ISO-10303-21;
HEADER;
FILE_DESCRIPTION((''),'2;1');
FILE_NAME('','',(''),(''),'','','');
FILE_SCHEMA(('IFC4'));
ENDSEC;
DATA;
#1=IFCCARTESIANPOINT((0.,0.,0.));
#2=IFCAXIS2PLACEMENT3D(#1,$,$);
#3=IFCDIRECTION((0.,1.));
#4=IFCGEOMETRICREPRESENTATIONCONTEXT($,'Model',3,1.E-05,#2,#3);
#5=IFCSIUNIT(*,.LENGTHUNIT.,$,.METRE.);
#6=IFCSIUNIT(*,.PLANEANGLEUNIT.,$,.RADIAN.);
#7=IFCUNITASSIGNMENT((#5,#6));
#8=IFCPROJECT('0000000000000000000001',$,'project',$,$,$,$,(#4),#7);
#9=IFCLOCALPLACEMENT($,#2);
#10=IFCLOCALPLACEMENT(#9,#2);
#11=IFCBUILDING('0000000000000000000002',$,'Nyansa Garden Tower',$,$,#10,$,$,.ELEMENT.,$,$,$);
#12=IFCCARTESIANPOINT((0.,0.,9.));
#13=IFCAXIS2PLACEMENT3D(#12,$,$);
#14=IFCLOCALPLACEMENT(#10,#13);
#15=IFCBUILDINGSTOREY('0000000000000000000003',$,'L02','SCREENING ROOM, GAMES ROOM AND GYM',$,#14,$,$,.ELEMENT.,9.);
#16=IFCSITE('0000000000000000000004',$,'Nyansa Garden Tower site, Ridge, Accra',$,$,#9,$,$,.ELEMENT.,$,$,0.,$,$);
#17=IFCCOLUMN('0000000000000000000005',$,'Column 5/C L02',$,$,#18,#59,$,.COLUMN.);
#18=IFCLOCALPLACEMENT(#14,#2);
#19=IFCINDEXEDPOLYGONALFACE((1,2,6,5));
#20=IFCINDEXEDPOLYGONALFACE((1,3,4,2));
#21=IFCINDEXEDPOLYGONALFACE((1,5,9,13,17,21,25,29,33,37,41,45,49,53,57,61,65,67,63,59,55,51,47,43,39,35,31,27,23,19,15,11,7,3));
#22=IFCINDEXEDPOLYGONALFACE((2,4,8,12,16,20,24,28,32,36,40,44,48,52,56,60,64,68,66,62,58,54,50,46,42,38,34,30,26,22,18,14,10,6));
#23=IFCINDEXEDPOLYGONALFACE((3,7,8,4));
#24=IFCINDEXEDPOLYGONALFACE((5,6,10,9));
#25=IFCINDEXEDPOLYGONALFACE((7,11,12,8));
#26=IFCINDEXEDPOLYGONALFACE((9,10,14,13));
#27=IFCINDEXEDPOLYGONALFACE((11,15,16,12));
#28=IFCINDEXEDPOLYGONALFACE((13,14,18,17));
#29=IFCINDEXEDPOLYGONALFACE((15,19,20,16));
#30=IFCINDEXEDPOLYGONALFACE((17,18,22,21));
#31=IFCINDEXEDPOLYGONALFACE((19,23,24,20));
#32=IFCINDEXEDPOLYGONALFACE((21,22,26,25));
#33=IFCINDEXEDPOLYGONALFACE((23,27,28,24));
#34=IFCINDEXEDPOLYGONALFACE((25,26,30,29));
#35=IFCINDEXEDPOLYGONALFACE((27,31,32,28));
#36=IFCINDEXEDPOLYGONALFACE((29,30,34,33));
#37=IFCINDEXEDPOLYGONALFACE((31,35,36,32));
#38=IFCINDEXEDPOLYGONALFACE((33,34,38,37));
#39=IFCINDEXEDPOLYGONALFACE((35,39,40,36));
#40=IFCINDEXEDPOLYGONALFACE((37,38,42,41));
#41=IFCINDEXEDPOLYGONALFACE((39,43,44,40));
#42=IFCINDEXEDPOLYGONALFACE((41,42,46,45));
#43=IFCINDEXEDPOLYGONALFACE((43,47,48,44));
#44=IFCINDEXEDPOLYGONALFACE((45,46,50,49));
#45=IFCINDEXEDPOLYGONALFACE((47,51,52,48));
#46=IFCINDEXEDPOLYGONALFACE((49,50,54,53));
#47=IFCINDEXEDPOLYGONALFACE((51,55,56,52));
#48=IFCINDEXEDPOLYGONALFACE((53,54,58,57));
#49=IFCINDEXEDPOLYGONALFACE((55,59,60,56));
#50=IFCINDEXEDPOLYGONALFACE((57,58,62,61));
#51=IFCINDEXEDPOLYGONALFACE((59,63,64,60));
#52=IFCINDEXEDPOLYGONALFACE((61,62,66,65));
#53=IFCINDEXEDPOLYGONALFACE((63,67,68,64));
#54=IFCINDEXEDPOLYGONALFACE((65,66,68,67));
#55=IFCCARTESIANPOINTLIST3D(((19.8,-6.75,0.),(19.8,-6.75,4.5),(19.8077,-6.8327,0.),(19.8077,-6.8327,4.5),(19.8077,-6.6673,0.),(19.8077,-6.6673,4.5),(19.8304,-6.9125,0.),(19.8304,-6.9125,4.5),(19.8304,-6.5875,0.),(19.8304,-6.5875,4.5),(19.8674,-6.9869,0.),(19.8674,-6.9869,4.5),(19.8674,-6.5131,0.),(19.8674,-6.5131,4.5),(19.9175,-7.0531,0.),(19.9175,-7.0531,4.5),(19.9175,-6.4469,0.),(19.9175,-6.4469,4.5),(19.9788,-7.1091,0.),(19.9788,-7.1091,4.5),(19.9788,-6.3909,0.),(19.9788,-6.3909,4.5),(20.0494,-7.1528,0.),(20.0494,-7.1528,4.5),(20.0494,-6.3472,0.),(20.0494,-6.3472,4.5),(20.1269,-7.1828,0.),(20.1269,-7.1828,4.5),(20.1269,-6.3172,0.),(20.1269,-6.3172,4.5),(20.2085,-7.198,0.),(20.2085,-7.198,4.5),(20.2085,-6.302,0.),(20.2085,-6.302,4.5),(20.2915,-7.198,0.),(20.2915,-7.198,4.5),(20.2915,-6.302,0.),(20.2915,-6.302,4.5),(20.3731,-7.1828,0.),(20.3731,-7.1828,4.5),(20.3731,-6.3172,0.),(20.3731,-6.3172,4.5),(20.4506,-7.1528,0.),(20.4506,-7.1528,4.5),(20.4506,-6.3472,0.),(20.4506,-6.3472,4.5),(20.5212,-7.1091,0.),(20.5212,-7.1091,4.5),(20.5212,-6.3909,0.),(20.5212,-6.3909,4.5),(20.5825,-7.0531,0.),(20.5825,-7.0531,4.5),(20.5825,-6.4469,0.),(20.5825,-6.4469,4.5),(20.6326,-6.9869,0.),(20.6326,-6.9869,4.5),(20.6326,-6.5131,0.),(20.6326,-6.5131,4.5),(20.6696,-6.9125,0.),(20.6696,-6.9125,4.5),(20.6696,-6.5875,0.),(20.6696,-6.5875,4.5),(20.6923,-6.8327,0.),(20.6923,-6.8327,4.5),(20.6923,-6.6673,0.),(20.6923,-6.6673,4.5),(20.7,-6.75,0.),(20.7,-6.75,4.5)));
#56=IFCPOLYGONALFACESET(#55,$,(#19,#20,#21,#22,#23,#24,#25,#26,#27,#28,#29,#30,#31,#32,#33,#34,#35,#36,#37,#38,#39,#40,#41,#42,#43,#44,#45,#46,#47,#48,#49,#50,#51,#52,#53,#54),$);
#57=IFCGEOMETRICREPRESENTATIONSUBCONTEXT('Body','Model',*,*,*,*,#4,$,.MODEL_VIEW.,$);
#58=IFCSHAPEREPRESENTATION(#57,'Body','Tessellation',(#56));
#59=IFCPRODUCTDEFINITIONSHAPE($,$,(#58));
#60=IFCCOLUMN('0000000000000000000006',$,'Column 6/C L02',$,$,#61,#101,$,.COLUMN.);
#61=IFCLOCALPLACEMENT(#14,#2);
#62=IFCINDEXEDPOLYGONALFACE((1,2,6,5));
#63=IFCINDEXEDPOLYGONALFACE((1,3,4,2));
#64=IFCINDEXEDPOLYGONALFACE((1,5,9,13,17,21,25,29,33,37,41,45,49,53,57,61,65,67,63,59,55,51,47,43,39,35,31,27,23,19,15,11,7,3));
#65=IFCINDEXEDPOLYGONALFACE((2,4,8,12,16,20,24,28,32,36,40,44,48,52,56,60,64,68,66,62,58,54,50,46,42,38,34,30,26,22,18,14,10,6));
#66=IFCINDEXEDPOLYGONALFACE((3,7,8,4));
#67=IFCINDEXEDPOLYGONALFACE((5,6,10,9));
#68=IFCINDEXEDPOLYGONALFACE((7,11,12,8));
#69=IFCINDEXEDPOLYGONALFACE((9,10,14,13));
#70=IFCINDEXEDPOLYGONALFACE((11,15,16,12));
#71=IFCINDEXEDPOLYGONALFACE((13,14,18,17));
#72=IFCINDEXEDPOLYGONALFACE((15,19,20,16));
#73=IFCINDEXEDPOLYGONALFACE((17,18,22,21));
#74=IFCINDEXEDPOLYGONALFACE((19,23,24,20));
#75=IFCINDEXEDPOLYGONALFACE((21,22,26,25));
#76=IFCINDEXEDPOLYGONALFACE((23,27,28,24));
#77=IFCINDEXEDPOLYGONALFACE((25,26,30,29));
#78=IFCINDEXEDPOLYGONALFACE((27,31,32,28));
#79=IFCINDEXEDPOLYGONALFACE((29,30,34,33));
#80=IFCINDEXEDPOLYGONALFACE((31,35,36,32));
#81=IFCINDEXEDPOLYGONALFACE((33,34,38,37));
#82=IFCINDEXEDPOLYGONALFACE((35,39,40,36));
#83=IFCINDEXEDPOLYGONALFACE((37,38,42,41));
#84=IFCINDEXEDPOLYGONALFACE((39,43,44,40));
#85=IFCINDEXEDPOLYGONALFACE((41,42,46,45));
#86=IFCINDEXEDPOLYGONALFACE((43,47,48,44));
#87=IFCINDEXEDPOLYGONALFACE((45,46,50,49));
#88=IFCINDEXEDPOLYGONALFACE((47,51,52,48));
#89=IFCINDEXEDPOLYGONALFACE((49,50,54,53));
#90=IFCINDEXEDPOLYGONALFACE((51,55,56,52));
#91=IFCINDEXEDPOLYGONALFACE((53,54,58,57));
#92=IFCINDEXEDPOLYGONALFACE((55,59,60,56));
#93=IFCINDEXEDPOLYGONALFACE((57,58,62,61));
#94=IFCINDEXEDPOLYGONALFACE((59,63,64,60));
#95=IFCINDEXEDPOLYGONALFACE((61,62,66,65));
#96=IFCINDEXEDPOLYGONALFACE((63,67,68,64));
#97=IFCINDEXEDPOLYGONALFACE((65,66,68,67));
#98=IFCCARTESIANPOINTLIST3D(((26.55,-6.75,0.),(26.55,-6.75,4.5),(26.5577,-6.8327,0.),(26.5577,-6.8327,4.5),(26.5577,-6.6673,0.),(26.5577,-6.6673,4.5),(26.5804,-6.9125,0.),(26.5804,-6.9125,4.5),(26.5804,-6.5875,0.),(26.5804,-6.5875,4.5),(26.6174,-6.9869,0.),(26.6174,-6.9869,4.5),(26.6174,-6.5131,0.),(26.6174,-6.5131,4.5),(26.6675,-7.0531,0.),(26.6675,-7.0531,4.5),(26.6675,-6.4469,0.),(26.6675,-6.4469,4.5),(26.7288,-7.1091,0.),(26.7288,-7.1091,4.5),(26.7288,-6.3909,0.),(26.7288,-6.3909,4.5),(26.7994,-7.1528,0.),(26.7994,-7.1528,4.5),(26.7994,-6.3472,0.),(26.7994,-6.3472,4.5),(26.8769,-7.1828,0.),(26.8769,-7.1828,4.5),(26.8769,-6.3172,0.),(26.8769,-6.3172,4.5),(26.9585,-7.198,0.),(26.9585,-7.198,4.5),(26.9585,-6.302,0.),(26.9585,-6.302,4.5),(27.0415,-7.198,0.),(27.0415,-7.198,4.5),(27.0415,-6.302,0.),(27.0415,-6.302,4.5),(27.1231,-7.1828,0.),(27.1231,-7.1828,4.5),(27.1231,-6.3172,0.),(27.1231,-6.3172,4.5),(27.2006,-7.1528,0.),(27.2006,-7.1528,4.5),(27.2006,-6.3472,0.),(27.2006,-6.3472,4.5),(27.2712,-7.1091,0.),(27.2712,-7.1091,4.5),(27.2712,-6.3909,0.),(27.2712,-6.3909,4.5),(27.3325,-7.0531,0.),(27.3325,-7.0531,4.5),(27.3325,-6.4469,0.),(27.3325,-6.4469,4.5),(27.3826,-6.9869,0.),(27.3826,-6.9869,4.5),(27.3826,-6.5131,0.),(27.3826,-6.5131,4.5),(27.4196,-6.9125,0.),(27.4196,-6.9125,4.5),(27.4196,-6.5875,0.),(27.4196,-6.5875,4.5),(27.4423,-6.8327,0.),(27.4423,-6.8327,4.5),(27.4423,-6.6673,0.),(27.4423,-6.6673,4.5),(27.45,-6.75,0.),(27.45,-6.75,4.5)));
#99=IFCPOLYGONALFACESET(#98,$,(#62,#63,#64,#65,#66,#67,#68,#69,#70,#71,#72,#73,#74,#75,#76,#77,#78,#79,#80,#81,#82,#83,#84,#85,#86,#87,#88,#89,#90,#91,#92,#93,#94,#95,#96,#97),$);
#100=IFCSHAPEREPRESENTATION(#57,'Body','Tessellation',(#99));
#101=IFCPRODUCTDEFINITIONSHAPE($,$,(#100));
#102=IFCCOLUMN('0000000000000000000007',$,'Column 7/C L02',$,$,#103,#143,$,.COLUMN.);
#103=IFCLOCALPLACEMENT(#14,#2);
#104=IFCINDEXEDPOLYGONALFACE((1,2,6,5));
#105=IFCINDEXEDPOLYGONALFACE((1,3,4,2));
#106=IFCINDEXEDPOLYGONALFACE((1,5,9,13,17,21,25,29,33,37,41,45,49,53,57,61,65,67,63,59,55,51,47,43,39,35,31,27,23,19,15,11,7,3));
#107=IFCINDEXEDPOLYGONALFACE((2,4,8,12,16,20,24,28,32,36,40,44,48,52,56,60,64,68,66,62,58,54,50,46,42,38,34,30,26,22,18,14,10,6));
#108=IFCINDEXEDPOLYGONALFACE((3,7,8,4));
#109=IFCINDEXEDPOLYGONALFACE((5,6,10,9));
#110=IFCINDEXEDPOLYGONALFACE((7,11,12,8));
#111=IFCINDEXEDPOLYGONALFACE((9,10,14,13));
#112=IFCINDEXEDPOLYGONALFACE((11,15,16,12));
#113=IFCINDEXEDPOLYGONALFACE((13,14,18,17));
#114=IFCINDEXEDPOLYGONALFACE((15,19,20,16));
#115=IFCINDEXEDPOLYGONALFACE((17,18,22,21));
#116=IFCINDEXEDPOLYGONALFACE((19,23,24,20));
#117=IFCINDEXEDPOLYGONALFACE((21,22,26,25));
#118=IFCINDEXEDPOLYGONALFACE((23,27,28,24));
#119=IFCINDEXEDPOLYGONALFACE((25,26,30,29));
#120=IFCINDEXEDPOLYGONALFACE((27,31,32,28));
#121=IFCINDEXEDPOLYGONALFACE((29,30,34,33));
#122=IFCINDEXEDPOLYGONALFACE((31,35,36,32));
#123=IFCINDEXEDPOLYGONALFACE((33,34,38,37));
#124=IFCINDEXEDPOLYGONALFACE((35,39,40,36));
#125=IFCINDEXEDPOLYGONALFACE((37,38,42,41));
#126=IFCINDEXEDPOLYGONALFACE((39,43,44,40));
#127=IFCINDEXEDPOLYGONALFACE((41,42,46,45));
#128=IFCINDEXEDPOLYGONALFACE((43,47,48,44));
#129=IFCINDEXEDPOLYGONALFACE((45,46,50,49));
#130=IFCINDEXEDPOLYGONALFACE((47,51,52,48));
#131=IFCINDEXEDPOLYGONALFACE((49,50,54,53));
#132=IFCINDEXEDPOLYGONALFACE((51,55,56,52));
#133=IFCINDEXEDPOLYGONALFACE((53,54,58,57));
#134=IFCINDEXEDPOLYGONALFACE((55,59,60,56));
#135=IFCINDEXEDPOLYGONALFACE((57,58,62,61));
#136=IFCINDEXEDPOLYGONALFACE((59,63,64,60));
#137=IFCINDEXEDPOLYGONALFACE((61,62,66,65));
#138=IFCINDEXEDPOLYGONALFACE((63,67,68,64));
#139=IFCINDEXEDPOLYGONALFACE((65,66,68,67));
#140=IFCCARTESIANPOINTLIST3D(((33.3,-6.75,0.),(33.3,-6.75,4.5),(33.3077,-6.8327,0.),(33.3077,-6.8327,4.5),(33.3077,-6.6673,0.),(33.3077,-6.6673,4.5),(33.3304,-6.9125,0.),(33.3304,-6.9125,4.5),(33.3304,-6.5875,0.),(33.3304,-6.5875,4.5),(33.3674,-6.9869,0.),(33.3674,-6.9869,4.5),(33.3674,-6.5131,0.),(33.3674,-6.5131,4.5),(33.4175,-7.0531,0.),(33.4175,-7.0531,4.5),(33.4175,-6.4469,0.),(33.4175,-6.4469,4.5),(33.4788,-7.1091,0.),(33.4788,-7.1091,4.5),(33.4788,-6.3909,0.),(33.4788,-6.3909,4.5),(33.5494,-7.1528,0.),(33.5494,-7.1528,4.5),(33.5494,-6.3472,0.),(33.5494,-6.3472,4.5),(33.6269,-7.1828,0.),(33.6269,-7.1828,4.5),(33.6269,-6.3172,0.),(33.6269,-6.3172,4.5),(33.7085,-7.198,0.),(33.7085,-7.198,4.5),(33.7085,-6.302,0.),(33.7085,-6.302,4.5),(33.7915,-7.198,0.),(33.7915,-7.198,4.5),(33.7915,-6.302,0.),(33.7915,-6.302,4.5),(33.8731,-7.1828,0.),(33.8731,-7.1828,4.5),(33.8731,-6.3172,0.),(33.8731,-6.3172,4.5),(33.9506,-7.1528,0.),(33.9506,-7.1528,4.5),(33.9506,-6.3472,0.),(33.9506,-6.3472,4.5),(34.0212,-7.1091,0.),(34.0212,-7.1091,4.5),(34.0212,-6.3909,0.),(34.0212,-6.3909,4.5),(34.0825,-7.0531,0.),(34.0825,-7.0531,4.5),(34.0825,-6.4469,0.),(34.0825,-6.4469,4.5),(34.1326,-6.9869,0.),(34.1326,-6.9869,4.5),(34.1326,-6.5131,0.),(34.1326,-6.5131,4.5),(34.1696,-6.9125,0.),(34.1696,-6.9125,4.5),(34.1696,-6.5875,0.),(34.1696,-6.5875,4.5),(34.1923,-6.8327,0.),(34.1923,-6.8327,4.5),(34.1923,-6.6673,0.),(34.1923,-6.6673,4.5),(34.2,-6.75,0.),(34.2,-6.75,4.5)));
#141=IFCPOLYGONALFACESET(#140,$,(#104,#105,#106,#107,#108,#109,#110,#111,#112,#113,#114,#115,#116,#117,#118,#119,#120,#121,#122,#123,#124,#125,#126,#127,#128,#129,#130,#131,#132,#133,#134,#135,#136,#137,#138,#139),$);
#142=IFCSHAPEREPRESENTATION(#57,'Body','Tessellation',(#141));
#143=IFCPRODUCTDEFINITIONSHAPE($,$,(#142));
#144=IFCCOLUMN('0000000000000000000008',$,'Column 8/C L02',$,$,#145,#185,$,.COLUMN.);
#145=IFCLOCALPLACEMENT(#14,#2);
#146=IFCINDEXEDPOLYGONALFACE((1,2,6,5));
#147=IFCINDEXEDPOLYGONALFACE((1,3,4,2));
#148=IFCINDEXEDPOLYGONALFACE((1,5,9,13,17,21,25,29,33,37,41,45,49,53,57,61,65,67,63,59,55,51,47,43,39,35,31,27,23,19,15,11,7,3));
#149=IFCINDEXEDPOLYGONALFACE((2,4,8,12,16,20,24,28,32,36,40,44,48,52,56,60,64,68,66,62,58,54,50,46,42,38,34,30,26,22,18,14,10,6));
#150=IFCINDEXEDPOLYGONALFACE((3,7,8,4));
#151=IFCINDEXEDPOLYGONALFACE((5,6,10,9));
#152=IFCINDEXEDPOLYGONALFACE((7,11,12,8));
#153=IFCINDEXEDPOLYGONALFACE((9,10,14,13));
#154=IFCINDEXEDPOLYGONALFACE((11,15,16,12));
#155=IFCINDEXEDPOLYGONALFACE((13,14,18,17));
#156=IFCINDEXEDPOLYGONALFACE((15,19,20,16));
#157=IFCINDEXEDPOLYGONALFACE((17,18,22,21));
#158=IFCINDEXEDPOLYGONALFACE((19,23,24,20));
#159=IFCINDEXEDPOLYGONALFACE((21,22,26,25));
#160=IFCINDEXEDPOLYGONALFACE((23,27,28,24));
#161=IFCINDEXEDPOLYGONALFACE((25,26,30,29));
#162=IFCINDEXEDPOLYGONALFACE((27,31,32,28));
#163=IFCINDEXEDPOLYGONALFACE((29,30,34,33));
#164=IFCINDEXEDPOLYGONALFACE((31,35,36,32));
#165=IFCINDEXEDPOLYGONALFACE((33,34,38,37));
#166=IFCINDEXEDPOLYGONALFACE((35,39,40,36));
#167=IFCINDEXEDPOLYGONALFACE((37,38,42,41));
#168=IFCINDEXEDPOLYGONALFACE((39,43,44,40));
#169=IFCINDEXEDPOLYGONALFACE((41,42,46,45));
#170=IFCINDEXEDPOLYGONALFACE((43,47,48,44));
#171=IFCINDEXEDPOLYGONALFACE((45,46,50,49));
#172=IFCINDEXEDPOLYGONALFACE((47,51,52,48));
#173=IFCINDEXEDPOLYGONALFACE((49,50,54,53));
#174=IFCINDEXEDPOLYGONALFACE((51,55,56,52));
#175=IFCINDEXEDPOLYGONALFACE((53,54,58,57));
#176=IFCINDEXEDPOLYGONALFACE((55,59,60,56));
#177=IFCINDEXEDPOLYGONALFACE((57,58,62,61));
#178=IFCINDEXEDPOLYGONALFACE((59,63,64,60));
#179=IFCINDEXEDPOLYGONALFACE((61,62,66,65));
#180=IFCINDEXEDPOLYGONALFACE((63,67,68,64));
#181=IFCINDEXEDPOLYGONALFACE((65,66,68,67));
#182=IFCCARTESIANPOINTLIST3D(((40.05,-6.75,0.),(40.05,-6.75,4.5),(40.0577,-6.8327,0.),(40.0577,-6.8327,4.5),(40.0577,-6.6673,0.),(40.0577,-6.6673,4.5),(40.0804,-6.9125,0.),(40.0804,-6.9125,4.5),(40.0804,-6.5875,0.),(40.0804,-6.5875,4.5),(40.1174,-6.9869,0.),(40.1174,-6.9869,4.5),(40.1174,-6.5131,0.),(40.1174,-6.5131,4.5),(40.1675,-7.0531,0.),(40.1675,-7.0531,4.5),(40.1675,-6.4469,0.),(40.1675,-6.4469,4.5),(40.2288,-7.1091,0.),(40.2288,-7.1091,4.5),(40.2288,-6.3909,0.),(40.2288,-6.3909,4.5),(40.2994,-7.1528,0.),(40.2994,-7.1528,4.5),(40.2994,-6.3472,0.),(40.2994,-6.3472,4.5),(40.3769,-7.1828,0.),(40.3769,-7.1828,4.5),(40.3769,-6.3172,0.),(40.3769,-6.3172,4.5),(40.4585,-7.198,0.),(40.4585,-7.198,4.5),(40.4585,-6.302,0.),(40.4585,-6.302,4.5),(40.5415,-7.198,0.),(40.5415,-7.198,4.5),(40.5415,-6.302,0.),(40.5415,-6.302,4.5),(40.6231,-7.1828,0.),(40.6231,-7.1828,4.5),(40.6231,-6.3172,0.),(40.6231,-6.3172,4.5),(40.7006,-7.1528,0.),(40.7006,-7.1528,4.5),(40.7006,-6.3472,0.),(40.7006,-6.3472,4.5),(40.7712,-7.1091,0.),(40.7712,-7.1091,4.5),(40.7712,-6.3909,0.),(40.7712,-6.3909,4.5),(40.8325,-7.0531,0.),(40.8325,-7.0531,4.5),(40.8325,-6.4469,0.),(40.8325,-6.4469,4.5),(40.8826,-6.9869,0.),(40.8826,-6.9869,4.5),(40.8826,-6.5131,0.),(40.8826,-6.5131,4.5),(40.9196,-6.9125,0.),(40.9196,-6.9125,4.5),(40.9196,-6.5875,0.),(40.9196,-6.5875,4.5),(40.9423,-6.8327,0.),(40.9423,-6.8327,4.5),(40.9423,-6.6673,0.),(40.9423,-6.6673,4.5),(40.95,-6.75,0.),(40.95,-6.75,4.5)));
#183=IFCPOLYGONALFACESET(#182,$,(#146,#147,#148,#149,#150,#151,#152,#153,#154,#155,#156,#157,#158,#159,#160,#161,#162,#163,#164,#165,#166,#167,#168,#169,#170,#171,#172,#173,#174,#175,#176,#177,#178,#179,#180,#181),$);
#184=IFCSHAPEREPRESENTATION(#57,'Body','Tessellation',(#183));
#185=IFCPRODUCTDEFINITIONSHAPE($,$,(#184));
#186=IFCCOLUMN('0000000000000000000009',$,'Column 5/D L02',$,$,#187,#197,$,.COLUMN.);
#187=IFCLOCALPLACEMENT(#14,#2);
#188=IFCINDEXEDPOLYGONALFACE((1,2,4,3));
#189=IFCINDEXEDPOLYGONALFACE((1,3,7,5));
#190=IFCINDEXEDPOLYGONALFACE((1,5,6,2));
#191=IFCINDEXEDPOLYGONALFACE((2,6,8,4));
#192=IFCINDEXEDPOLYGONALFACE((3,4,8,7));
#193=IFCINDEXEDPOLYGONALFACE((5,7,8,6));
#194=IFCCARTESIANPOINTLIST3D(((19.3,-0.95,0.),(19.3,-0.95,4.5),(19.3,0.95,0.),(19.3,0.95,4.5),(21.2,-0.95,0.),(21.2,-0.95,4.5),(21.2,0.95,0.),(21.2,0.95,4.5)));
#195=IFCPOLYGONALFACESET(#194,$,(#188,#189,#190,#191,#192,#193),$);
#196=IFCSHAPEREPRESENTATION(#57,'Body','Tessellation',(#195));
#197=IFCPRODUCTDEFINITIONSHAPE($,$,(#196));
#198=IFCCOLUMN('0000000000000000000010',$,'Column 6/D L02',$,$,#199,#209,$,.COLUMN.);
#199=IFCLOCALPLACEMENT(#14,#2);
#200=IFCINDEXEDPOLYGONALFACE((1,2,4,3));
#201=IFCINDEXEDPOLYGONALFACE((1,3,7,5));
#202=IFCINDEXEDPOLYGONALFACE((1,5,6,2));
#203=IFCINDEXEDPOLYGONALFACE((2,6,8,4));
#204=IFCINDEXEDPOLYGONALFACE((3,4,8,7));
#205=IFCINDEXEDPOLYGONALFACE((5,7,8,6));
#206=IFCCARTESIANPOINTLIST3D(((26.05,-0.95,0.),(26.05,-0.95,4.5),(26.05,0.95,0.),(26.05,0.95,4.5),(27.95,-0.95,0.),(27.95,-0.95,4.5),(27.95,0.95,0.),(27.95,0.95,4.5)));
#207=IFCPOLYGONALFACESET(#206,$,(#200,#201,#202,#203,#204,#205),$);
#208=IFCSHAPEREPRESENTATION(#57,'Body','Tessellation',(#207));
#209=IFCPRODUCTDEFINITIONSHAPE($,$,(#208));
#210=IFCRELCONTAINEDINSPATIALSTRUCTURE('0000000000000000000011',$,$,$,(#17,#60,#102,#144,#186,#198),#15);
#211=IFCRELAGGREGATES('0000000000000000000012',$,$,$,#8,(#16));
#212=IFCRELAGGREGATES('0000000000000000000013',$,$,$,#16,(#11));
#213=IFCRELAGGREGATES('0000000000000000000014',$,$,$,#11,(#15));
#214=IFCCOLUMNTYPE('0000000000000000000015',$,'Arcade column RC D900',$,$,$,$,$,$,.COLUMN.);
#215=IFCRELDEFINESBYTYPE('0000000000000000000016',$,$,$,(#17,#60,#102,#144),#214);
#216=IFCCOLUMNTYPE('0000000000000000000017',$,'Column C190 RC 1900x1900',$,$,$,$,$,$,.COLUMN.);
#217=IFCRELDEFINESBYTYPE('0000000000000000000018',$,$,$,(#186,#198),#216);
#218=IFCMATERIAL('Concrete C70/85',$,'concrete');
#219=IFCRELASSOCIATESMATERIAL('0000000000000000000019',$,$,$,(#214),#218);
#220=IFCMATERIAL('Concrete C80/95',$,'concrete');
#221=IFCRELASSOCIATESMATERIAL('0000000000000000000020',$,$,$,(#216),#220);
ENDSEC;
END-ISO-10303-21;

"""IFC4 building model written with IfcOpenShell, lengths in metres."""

from ifc_helpers import new_model, si_unit, direction, frame, origin, origin_2d, place, context, subcontext, project, spatial, rectangle, circle, extrude, material, material_profile, profile_set, type_object, element, save


model = new_model("IFC4")

# Units and contexts
model_context = context("Model", 3, precision=1e-05, world=origin(), true_north=direction((0.0, 1.0)))
body_context = subcontext(model_context, "Body", "Model", "MODEL_VIEW")
ifc_project = project(units=[si_unit("LENGTHUNIT", "METRE"), si_unit("PLANEANGLEUNIT", "RADIAN")], contexts=[model_context])

# Site, building, storey
site_placement = place(None, origin())
site = spatial("IfcSite", under=ifc_project, at=site_placement, Name="Nyansa Garden Tower site, Ridge, Accra", CompositionType="ELEMENT", RefElevation=0.0)
building_placement = place(site_placement, origin())
building = spatial("IfcBuilding", under=site, at=building_placement, Name="Nyansa Garden Tower", CompositionType="ELEMENT")
storey_placement = place(building_placement, frame((0.0, 0.0, 9.0)))
storey = spatial("IfcBuildingStorey", under=building, at=storey_placement, Name="L02", Description="SCREENING ROOM, GAMES ROOM AND GYM", CompositionType="ELEMENT", Elevation=9.0)

# Columns
ifc_material_1 = material(Name="Concrete C70/85", Category="concrete")
ifc_material_profile_1 = material_profile(ifc_material_1, circle(Radius=0.45, at=origin_2d()), Name="RC D900")
ifc_profile_set_1 = profile_set([ifc_material_profile_1], Name="Concrete C70/85")
column_type_1 = type_object("IfcColumnType", Name="Arcade column RC D900", PredefinedType="COLUMN", material=ifc_profile_set_1)
for number, where, z_axis, x_axis, name in (
    (1, (20.25, -6.75, 0.0), (0.0, 0.0, 1.0), (1.0, 0.0, 0.0), "Column 5/C L02"),
    (2, (27.0, -6.75, 0.0), (0.0, 0.0, 1.0), (1.0, 0.0, 0.0), "Column 6/C L02"),
    (3, (33.75, -6.75, 0.0), (0.0, 0.0, 1.0), (1.0, 0.0, 0.0), "Column 7/C L02"),
    (4, (40.5, -6.75, 0.0), (0.0, 0.0, 1.0), (1.0, 0.0, 0.0), "Column 8/C L02"),
):
    element("IfcColumn", number, at=place(storey_placement, frame(where, z_axis=z_axis, x_axis=x_axis)), inside=storey, type_object=column_type_1, Name=name, PredefinedType="COLUMN", context=body_context, shape_type="SweptSolid", body=[
        extrude(circle(Radius=0.45, at=origin_2d()), origin(), (0.0, 0.0, 1.0), 4.5),
    ])
ifc_material_2 = material(Name="Concrete C80/95", Category="concrete")
ifc_material_profile_2 = material_profile(ifc_material_2, rectangle(XDim=1.8999, YDim=1.8999, at=origin_2d()), Name="RC 1900x1900")
ifc_profile_set_2 = profile_set([ifc_material_profile_2], Name="Concrete C80/95")
column_type_2 = type_object("IfcColumnType", Name="Column C190 RC 1900x1900", PredefinedType="COLUMN", material=ifc_profile_set_2)
for number, where, z_axis, x_axis, name in (
    (5, (20.25, 0.0, 0.0), (0.0, 0.0, 1.0), (1.0, 0.0, 0.0), "Column 5/D L02"),
    (6, (27.0, 0.0, 0.0), (0.0, 0.0, 1.0), (1.0, 0.0, 0.0), "Column 6/D L02"),
):
    element("IfcColumn", number, at=place(storey_placement, frame(where, z_axis=z_axis, x_axis=x_axis)), inside=storey, type_object=column_type_2, Name=name, PredefinedType="COLUMN", context=body_context, shape_type="SweptSolid", body=[
        extrude(rectangle(XDim=1.8999, YDim=1.8999, at=origin_2d()), origin(), (0.0, 0.0, 1.0), 4.5),
    ])

save(model, "model.ifc")
